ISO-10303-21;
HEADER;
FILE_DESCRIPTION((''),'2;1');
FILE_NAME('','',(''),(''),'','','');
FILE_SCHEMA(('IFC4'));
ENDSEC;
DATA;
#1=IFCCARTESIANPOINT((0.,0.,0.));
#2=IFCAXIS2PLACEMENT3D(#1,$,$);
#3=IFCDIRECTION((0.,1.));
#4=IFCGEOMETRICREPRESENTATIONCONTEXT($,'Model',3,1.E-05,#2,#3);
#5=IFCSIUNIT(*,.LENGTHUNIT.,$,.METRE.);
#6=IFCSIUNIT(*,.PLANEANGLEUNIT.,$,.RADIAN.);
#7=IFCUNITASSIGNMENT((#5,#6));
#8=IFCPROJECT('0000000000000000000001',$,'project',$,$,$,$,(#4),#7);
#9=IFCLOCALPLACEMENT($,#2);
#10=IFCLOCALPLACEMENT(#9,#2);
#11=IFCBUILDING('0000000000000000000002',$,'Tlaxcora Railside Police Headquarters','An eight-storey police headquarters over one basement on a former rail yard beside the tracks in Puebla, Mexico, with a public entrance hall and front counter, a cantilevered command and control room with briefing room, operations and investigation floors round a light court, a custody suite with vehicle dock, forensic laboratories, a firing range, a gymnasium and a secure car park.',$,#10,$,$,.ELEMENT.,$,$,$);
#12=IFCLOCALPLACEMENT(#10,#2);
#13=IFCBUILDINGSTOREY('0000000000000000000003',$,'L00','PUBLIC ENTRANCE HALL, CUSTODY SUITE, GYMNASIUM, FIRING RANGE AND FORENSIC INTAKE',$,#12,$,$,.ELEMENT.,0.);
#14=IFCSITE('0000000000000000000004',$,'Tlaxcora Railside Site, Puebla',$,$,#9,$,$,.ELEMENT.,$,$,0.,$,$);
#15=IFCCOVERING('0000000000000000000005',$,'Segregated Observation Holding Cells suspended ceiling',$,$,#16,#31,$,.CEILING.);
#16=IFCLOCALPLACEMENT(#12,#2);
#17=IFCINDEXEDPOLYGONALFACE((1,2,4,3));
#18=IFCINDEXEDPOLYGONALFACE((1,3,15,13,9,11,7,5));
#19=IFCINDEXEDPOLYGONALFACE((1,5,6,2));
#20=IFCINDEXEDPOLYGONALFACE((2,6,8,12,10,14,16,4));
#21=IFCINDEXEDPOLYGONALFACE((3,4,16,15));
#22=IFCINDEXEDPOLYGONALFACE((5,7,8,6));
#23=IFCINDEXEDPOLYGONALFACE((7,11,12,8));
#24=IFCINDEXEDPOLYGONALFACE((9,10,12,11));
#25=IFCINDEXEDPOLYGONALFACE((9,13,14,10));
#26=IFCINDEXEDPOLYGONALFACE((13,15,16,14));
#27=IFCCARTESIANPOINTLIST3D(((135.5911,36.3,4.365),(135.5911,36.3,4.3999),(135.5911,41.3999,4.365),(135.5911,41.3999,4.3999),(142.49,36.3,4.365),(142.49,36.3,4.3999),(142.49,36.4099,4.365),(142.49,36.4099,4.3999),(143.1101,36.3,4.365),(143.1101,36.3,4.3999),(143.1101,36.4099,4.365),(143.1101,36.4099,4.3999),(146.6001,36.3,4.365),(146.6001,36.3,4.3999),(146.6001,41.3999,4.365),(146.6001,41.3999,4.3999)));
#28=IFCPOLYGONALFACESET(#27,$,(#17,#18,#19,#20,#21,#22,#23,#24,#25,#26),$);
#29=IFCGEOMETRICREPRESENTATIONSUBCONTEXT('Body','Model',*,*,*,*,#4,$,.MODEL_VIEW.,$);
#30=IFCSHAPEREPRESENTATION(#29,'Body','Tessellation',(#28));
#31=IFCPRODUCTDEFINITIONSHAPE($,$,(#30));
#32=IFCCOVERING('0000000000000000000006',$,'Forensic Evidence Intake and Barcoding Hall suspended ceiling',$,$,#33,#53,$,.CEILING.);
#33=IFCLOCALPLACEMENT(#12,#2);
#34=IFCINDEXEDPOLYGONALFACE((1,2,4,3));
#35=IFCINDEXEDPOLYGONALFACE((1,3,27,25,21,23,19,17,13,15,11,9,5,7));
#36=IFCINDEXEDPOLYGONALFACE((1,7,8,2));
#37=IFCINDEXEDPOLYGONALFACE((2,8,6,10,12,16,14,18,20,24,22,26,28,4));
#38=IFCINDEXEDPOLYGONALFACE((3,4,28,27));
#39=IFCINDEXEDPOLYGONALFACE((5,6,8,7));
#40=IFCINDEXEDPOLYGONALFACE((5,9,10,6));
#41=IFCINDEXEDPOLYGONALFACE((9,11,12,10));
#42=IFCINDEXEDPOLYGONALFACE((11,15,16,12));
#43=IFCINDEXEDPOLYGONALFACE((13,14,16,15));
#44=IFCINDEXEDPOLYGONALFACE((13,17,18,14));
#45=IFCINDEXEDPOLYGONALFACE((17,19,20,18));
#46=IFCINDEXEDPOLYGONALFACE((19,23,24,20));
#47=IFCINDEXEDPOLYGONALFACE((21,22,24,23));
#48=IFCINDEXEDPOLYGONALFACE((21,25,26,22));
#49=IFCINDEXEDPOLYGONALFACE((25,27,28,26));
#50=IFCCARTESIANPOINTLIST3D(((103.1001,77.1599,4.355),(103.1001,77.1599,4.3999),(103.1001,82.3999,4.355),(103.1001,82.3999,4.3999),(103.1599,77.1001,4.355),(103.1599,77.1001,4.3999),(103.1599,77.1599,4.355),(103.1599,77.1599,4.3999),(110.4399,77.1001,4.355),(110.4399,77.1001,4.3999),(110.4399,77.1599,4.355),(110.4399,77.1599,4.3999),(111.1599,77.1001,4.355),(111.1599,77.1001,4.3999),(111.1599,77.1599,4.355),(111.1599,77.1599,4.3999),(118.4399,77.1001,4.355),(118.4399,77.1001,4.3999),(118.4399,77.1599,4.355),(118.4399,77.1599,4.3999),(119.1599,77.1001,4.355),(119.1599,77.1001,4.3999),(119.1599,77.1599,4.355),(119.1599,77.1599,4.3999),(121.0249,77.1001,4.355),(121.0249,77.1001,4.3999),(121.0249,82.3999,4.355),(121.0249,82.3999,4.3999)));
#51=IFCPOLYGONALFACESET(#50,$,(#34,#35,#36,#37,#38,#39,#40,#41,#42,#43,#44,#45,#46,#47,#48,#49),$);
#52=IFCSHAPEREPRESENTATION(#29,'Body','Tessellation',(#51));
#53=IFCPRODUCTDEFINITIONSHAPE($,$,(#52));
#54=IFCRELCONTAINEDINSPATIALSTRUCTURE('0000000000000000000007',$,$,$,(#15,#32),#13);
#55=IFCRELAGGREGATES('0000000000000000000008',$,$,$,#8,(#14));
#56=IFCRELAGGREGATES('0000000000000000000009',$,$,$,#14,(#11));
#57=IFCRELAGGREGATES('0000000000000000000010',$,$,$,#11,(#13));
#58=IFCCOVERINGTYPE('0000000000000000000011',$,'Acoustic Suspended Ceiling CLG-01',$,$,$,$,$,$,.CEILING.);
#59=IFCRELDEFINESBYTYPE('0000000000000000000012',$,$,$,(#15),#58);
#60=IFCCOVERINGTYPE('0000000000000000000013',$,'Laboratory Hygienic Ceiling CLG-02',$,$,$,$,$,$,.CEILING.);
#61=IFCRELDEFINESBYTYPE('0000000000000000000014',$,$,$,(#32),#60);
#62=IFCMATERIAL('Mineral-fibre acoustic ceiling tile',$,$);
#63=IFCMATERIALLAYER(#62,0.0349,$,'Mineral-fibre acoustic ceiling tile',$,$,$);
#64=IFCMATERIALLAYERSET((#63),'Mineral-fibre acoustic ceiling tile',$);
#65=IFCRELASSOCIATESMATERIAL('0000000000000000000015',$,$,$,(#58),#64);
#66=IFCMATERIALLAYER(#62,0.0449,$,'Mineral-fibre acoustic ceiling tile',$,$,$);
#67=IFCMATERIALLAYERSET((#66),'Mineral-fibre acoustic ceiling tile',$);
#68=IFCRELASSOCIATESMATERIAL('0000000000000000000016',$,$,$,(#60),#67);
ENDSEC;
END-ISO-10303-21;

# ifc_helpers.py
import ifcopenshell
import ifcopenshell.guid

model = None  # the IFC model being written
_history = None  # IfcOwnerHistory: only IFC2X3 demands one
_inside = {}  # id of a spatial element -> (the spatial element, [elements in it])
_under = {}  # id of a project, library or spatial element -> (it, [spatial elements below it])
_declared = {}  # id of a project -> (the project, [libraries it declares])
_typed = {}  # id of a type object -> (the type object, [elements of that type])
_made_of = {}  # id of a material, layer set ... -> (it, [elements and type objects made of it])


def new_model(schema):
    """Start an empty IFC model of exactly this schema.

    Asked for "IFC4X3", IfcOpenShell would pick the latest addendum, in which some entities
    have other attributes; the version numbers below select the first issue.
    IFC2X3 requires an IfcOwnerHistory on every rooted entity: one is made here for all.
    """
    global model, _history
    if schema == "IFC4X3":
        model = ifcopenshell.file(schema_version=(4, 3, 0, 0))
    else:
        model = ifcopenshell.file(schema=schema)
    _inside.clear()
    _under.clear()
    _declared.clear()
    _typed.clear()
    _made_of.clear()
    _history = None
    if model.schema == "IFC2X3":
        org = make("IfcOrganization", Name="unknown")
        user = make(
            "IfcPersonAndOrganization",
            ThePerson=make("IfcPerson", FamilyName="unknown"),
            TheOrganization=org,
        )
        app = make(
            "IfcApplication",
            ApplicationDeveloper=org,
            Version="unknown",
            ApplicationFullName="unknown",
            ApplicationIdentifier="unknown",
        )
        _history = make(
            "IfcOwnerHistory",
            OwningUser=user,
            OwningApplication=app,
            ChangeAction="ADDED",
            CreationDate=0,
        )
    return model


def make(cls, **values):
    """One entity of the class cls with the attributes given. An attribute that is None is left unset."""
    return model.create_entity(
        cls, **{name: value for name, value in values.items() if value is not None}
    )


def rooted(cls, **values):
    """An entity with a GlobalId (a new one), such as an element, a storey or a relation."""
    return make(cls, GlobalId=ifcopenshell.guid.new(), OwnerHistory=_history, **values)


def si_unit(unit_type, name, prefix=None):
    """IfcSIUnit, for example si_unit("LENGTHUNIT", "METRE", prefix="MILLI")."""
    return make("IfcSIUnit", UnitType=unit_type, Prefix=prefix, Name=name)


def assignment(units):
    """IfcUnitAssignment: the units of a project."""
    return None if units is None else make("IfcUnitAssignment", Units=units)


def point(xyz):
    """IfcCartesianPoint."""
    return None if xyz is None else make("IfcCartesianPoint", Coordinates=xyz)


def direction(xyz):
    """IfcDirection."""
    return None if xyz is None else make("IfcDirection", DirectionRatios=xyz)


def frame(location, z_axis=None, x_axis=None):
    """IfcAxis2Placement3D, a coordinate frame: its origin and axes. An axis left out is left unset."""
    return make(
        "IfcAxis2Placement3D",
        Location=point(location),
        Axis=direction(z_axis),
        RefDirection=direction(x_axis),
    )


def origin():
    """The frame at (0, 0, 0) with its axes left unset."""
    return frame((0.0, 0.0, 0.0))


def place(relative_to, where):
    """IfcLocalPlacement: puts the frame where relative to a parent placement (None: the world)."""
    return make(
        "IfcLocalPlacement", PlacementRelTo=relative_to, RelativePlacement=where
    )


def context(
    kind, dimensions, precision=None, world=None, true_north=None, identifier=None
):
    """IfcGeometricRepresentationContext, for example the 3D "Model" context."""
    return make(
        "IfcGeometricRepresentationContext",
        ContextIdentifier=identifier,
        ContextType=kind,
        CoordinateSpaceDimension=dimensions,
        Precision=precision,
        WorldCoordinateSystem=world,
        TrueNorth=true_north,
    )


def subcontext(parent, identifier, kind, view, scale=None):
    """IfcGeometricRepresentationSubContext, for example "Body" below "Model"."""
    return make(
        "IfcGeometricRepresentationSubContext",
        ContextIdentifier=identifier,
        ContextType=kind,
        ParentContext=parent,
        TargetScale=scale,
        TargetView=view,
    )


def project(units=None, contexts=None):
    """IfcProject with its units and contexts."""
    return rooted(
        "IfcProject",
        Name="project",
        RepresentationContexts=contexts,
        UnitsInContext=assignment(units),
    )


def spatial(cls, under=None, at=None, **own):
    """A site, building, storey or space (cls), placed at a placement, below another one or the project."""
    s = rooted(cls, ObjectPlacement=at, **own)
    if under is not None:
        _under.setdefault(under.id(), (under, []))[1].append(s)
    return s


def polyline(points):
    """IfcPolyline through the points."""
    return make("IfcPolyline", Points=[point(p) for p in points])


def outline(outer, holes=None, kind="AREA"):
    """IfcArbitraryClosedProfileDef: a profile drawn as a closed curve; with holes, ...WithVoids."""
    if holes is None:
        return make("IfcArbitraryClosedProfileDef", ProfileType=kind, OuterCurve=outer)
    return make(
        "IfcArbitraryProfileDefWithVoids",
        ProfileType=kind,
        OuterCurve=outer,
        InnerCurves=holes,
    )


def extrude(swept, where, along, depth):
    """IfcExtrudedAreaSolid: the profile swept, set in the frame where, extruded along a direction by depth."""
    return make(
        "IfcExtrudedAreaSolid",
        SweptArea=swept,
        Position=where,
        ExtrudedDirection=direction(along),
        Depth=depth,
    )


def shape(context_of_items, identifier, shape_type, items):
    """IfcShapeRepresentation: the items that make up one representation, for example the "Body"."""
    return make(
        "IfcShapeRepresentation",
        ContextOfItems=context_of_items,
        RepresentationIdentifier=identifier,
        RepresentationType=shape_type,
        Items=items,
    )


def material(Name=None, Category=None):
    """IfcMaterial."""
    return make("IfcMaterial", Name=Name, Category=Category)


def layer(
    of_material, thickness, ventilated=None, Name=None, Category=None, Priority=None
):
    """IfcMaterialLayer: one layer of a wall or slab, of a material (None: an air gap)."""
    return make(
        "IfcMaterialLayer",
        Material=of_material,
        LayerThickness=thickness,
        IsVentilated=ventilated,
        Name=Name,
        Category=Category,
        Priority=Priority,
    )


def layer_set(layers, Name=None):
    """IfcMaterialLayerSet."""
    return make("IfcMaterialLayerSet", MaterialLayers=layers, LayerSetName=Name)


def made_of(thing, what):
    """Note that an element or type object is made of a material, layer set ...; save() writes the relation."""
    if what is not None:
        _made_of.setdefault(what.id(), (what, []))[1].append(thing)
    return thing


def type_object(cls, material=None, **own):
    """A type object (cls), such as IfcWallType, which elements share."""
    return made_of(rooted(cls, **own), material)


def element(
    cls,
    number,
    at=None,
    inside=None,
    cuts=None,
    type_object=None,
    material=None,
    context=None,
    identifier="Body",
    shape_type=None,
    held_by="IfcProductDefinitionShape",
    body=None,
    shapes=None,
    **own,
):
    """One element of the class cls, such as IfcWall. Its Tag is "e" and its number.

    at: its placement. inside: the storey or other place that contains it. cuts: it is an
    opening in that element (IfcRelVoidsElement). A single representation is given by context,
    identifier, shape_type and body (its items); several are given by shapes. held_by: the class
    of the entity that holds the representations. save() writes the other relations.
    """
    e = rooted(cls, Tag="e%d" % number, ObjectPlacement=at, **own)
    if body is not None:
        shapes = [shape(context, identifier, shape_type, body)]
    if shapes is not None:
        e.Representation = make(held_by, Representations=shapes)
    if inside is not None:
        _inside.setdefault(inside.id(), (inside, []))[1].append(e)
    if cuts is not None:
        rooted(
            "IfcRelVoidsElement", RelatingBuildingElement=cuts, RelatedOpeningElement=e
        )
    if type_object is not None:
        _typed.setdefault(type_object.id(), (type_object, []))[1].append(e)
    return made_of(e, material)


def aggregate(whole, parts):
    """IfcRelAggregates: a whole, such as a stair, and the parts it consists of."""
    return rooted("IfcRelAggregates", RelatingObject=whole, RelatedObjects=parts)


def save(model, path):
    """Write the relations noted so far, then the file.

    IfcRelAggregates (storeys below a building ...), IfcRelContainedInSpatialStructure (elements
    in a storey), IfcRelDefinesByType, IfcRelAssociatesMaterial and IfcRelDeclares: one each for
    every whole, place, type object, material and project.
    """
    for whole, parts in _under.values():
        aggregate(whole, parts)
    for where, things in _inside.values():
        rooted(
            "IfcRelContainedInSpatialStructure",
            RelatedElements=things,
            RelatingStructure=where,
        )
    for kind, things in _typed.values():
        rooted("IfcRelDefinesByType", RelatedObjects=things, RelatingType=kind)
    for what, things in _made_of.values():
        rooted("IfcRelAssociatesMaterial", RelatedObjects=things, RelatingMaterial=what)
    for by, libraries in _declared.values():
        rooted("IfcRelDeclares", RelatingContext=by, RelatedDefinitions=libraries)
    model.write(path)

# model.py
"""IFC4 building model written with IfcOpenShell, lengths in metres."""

from ifc_helpers import new_model, si_unit, direction, frame, origin, place, context, subcontext, project, spatial, polyline, outline, extrude, material, layer, layer_set, type_object, element, save


model = new_model("IFC4")

# Units and contexts
model_context = context("Model", 3, precision=1e-05, world=origin(), true_north=direction((0.0, 1.0)))
body_context = subcontext(model_context, "Body", "Model", "MODEL_VIEW")
ifc_project = project(units=[si_unit("LENGTHUNIT", "METRE"), si_unit("PLANEANGLEUNIT", "RADIAN")], contexts=[model_context])

# Site, building, storey
site_placement = place(None, origin())
site = spatial("IfcSite", under=ifc_project, at=site_placement, Name="Tlaxcora Railside Site, Puebla", CompositionType="ELEMENT", RefElevation=0.0)
building_placement = place(site_placement, origin())
building = spatial("IfcBuilding", under=site, at=building_placement, Name="Tlaxcora Railside Police Headquarters", Description="An eight-storey police headquarters over one basement on a former rail yard beside the tracks in Puebla, Mexico, with a public entrance hall and front counter, a cantilevered command and control room with briefing room, operations and investigation floors round a light court, a custody suite with vehicle dock, forensic laboratories, a firing range, a gymnasium and a secure car park.", CompositionType="ELEMENT")
storey_placement = place(building_placement, origin())
storey = spatial("IfcBuildingStorey", under=building, at=storey_placement, Name="L00", Description="PUBLIC ENTRANCE HALL, CUSTODY SUITE, GYMNASIUM, FIRING RANGE AND FORENSIC INTAKE", CompositionType="ELEMENT", Elevation=0.0)

# Coverings
ifc_material_1 = material(Name="Mineral-fibre acoustic ceiling tile")
ifc_layer_1 = layer(ifc_material_1, 0.0349, Name="Mineral-fibre acoustic ceiling tile")
ifc_layer_set_1 = layer_set([ifc_layer_1], Name="Mineral-fibre acoustic ceiling tile")
covering_type_1 = type_object("IfcCoveringType", Name="Acoustic Suspended Ceiling CLG-01", PredefinedType="CEILING", material=ifc_layer_set_1)
covering_1_placement = place(storey_placement, frame((0.0, 0.0, 4.365)))
element("IfcCovering", 1, at=covering_1_placement, inside=storey, type_object=covering_type_1, Name="Segregated Observation Holding Cells suspended ceiling", PredefinedType="CEILING", context=body_context, shape_type="SweptSolid", body=[
    extrude(outline(polyline([(135.5911, 36.3), (142.49, 36.3), (142.49, 36.4099), (143.1101, 36.4099), (143.1101, 36.3), (146.6001, 36.3), (146.6001, 41.3999), (135.5911, 41.3999), (135.5911, 36.3)])), origin(), (0.0, 0.0, 1.0), 0.0349),
])
ifc_layer_2 = layer(ifc_material_1, 0.0449, Name="Mineral-fibre acoustic ceiling tile")
ifc_layer_set_2 = layer_set([ifc_layer_2], Name="Mineral-fibre acoustic ceiling tile")
covering_type_2 = type_object("IfcCoveringType", Name="Laboratory Hygienic Ceiling CLG-02", PredefinedType="CEILING", material=ifc_layer_set_2)
covering_2_placement = place(storey_placement, frame((0.0, 0.0, 4.355)))
element("IfcCovering", 2, at=covering_2_placement, inside=storey, type_object=covering_type_2, Name="Forensic Evidence Intake and Barcoding Hall suspended ceiling", PredefinedType="CEILING", context=body_context, shape_type="SweptSolid", body=[
    extrude(outline(polyline([(121.0249, 82.3999), (103.1001, 82.3999), (103.1001, 77.1599), (103.1599, 77.1599), (103.1599, 77.1001), (110.4399, 77.1001), (110.4399, 77.1599), (111.1599, 77.1599), (111.1599, 77.1001), (118.4399, 77.1001), (118.4399, 77.1599), (119.1599, 77.1599), (119.1599, 77.1001), (121.0249, 77.1001), (121.0249, 82.3999)])), origin(), (0.0, 0.0, 1.0), 0.0449),
])

save(model, "model.ifc")
